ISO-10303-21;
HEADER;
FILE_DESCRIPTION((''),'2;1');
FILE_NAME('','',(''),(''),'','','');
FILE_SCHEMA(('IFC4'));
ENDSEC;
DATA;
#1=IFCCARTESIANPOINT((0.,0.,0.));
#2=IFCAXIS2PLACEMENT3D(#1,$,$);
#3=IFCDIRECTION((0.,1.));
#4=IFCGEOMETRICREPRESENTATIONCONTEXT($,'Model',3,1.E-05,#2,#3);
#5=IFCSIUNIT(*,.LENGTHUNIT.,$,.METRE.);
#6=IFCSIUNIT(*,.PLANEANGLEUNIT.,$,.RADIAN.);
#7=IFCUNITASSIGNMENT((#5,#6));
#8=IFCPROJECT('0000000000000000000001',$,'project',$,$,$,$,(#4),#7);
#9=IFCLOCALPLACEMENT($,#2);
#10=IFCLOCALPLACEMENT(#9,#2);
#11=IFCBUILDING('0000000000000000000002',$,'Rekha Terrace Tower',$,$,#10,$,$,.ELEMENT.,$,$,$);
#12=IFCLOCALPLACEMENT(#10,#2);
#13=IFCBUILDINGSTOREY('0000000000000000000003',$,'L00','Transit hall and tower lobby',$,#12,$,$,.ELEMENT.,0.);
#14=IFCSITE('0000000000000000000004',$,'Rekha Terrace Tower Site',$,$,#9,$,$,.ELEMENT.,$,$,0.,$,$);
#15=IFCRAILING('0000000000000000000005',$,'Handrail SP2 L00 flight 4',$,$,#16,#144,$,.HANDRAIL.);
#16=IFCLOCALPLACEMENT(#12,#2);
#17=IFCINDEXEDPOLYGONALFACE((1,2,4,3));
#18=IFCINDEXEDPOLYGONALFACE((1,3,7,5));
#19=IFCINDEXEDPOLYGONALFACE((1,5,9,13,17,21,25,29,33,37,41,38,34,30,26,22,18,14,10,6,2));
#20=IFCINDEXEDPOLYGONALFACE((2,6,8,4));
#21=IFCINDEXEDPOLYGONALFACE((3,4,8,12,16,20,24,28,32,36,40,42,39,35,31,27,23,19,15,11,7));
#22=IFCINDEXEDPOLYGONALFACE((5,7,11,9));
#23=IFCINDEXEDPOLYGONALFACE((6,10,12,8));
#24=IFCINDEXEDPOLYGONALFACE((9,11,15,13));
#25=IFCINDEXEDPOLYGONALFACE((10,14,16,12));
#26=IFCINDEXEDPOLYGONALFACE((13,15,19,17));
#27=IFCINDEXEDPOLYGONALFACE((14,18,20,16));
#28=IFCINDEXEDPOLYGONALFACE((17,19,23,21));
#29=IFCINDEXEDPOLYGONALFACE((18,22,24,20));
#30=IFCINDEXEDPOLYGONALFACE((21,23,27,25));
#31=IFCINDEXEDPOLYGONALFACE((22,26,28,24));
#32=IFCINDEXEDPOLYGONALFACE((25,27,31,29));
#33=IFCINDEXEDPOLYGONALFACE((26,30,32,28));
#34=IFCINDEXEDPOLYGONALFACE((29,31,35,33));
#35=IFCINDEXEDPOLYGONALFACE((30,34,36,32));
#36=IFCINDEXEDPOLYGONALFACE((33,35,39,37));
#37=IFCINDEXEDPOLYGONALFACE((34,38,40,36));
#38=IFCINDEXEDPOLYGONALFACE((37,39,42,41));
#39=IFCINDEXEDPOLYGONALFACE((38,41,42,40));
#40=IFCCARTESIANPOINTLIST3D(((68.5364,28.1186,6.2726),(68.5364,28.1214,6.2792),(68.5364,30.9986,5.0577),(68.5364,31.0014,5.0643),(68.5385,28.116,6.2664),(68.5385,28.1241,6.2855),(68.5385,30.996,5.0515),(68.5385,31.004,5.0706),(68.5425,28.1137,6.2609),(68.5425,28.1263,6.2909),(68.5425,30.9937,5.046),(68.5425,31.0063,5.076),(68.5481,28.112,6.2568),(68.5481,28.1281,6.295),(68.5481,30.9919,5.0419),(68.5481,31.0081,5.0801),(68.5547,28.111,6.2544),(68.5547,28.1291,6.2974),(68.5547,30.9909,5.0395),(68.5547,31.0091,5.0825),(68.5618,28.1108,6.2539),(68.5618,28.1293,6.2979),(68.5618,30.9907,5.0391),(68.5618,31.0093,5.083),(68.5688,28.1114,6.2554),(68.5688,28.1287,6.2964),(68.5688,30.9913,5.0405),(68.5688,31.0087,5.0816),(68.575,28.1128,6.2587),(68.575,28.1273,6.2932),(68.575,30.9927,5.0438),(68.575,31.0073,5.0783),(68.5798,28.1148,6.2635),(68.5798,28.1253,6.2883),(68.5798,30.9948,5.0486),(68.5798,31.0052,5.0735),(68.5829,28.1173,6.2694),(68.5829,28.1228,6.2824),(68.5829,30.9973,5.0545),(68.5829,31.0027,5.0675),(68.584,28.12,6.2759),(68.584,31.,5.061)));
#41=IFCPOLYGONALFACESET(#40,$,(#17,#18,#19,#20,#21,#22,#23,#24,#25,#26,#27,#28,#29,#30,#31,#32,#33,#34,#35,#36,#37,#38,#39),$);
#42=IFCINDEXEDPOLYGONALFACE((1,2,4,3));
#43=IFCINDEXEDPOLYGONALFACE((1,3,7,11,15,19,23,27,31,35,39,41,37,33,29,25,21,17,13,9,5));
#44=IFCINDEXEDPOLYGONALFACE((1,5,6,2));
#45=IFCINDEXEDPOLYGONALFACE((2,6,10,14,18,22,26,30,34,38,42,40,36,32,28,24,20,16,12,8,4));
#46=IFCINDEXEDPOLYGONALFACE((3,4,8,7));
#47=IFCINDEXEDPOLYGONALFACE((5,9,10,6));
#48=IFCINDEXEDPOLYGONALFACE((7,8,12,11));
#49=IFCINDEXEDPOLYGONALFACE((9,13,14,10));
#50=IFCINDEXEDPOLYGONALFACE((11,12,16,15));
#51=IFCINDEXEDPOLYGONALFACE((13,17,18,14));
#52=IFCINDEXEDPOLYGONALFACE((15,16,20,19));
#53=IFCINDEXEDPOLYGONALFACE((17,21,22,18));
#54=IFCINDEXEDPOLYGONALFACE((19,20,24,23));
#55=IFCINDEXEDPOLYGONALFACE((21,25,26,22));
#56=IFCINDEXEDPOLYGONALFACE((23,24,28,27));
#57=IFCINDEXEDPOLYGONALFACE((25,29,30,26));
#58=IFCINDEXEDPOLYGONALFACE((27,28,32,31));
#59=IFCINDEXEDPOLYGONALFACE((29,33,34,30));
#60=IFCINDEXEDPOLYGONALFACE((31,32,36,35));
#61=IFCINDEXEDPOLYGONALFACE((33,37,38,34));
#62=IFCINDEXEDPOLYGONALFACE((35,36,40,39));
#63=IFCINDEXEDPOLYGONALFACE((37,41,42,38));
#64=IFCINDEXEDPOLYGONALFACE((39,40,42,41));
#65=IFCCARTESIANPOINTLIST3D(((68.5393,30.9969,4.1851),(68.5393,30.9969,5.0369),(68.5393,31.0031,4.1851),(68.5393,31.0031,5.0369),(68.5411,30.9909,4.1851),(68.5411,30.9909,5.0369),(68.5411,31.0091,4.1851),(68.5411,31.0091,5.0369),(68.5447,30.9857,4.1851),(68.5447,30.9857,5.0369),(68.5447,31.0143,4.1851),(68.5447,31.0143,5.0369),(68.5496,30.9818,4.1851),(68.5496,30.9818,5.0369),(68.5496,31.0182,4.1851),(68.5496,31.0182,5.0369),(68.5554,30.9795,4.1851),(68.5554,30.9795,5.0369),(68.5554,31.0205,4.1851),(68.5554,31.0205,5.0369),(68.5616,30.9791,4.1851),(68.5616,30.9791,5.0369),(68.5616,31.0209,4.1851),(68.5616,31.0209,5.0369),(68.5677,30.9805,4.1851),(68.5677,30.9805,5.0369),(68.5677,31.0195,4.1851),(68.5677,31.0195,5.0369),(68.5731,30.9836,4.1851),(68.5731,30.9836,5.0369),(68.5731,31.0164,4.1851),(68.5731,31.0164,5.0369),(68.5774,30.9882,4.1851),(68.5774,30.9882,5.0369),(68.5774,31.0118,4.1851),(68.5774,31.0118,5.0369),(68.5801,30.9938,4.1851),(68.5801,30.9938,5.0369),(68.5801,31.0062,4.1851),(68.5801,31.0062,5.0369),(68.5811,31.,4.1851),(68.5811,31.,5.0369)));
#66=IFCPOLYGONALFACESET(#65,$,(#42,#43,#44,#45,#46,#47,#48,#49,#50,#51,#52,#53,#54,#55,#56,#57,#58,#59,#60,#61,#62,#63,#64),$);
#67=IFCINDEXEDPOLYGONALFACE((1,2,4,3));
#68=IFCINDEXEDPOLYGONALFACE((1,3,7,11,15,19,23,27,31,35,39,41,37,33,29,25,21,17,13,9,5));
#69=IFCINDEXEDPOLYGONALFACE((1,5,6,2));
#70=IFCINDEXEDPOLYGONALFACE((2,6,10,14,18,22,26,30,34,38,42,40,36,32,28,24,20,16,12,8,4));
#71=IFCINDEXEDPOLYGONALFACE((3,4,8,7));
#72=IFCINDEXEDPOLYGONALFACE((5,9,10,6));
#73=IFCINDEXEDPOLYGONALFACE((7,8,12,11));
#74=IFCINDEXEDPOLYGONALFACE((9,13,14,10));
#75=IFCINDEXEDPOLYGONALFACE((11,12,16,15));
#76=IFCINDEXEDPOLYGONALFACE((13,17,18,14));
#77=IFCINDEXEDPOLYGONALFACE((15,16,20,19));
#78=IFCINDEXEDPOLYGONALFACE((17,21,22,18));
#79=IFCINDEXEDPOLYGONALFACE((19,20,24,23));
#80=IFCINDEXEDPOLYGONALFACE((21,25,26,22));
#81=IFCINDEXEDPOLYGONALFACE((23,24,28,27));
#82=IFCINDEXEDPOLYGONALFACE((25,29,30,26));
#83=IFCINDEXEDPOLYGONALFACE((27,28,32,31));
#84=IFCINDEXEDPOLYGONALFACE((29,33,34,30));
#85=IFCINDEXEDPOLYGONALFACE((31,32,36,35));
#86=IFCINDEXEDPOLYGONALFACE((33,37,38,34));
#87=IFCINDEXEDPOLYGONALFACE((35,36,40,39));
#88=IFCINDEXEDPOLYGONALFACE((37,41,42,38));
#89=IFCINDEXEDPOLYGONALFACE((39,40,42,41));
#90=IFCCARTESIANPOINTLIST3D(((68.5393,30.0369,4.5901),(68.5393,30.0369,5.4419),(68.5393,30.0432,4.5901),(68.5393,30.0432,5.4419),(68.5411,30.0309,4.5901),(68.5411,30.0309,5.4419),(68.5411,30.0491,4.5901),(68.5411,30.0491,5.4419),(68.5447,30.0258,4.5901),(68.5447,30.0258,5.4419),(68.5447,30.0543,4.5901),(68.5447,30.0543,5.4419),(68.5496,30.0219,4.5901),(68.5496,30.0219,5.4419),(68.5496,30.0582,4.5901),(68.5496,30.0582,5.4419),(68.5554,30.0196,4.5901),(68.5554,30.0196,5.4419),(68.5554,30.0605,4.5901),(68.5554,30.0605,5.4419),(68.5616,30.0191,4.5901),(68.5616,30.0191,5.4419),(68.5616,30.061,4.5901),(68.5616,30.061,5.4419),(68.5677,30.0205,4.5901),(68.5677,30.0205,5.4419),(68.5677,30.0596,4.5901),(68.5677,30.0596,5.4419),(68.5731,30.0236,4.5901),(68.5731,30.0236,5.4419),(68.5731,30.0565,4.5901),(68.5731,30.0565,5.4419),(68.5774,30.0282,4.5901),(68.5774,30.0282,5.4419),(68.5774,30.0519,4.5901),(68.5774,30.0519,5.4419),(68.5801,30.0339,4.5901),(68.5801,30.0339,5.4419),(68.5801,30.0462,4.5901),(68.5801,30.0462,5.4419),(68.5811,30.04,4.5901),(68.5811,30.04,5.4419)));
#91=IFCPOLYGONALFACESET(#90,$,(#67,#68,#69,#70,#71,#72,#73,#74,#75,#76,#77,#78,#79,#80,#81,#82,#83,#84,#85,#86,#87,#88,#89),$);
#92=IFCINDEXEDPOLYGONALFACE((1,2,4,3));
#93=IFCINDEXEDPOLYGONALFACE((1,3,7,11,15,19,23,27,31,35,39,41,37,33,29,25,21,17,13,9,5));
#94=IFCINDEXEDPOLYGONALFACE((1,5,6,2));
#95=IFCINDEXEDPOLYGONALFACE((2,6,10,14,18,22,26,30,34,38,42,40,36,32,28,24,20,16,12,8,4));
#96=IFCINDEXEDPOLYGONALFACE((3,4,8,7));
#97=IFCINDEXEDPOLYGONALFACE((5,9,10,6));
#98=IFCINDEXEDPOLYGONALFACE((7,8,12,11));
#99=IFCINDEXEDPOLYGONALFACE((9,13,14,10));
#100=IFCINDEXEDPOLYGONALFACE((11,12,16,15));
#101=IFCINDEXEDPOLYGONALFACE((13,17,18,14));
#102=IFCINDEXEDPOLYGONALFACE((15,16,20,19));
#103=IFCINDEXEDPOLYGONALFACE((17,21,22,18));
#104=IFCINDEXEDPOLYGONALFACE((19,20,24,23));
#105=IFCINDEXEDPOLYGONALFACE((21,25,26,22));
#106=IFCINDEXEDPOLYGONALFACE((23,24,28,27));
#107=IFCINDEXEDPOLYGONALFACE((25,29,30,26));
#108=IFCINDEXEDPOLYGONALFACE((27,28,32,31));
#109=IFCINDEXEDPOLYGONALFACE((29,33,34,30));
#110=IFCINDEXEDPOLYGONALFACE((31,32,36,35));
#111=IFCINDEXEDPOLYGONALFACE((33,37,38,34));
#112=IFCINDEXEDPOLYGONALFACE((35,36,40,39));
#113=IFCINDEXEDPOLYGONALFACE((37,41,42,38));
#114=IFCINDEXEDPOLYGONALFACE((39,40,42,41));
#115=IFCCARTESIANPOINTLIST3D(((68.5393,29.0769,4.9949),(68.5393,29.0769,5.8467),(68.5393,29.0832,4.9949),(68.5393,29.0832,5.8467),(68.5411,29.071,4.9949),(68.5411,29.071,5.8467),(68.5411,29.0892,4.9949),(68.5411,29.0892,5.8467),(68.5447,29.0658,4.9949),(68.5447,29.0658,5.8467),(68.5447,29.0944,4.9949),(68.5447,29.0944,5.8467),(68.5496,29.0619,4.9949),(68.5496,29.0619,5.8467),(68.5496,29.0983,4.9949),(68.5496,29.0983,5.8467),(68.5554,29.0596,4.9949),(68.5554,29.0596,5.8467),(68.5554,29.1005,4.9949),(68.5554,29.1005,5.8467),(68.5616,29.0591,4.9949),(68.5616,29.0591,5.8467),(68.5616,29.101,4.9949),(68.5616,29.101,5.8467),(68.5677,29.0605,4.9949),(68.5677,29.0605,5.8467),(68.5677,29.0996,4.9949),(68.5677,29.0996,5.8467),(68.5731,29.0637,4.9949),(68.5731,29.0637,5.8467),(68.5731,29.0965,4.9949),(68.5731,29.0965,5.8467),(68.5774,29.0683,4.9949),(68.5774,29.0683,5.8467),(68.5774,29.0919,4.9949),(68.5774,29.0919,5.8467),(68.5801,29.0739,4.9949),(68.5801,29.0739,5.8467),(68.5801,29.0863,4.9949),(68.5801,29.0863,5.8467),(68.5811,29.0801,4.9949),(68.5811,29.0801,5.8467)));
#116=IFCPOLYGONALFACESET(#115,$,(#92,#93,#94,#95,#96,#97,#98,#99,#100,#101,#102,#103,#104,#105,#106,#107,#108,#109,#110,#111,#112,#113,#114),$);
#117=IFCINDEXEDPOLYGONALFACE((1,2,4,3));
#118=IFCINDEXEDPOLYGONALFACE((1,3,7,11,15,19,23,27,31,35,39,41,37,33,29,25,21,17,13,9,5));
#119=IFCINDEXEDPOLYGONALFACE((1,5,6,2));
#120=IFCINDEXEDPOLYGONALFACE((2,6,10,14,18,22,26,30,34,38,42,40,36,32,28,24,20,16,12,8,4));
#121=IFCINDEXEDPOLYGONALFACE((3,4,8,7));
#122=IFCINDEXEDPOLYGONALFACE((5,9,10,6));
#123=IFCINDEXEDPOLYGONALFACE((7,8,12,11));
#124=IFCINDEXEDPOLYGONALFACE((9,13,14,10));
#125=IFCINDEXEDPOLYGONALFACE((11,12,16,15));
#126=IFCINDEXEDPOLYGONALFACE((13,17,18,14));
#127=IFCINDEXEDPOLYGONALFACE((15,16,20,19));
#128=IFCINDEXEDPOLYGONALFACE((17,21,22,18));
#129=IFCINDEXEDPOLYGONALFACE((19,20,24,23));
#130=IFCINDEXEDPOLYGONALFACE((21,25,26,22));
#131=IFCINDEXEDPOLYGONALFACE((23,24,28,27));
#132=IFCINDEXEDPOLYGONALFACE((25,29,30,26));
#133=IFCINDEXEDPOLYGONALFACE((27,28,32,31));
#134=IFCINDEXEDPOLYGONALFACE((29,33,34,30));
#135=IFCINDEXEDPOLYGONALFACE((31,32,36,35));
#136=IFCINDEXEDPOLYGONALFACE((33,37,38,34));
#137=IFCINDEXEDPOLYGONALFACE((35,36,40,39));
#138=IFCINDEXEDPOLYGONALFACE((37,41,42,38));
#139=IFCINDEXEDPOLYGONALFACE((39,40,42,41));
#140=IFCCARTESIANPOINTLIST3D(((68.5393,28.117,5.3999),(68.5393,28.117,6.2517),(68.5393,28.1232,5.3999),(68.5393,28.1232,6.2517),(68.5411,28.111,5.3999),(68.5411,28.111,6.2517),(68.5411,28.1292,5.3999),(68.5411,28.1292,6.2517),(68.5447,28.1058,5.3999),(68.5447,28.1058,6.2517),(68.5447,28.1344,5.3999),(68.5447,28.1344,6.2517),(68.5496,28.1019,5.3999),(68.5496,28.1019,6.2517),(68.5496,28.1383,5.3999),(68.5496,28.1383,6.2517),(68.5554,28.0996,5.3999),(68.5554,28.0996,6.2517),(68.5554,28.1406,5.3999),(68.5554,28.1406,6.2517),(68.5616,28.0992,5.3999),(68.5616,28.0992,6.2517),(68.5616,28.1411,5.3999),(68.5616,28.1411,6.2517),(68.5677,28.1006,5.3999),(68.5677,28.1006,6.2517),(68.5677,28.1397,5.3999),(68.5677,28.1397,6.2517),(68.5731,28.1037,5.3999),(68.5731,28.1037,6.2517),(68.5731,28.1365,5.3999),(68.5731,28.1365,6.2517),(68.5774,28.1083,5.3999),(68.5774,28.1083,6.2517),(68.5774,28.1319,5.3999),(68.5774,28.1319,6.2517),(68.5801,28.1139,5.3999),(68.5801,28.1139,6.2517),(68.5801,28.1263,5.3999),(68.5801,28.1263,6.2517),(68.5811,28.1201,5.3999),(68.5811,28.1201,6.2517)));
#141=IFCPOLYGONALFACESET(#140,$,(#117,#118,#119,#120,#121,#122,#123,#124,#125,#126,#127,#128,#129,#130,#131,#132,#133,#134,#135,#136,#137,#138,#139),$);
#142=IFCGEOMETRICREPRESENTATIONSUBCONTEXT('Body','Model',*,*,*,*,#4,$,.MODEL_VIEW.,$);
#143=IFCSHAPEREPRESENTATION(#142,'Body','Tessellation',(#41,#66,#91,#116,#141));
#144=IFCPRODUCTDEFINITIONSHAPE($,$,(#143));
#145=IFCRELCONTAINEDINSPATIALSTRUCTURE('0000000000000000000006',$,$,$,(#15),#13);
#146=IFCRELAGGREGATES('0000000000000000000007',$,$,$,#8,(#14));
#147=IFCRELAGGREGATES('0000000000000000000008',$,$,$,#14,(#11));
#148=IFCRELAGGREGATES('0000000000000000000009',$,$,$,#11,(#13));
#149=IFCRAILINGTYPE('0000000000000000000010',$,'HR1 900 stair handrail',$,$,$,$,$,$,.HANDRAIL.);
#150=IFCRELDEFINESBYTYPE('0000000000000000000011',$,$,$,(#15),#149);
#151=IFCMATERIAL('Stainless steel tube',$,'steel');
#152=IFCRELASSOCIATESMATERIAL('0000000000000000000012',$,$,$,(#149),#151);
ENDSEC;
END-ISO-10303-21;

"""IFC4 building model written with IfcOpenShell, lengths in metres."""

from ifc_helpers import new_model, si_unit, direction, frame, origin, origin_2d, place, context, subcontext, project, spatial, circle, extrude, material, type_object, element, save


model = new_model("IFC4")

# Units and contexts
model_context = context("Model", 3, precision=1e-05, world=origin(), true_north=direction((0.0, 1.0)))
body_context = subcontext(model_context, "Body", "Model", "MODEL_VIEW")
ifc_project = project(units=[si_unit("LENGTHUNIT", "METRE"), si_unit("PLANEANGLEUNIT", "RADIAN")], contexts=[model_context])

# Site, building, storey
site_placement = place(None, origin())
site = spatial("IfcSite", under=ifc_project, at=site_placement, Name="Rekha Terrace Tower Site", CompositionType="ELEMENT", RefElevation=0.0)
building_placement = place(site_placement, origin())
building = spatial("IfcBuilding", under=site, at=building_placement, Name="Rekha Terrace Tower", CompositionType="ELEMENT")
storey_placement = place(building_placement, origin())
storey = spatial("IfcBuildingStorey", under=building, at=storey_placement, Name="L00", Description="Transit hall and tower lobby", CompositionType="ELEMENT", Elevation=0.0)

# Railing
ifc_material_1 = material(Name="Stainless steel tube", Category="steel")
railing_type_1 = type_object("IfcRailingType", Name="HR1 900 stair handrail", PredefinedType="HANDRAIL", material=ifc_material_1)
railing_1_placement = place(storey_placement, frame((68.5601, 31.0, 4.1851)))
element("IfcRailing", 1, at=railing_1_placement, inside=storey, type_object=railing_type_1, Name="Handrail SP2 L00 flight 4", PredefinedType="HANDRAIL", context=body_context, shape_type="SweptSolid", body=[
    extrude(circle(Radius=0.0239, at=origin_2d()), frame((0.0, 0.0, 0.876), z_axis=(0.0, -0.921376, 0.388671), x_axis=(1.0, 0.0, 0.0)), (0.0, 0.0, 1.0), 3.1257),
    extrude(circle(Radius=0.021, at=origin_2d()), origin(), (0.0, 0.0, 1.0), 0.8518),
    extrude(circle(Radius=0.021, at=origin_2d()), frame((0.0, -0.96, 0.405)), (0.0, 0.0, 1.0), 0.8518),
    extrude(circle(Radius=0.021, at=origin_2d()), frame((0.0, -1.9199, 0.8098)), (0.0, 0.0, 1.0), 0.8518),
    extrude(circle(Radius=0.021, at=origin_2d()), frame((0.0, -2.8799, 1.2148)), (0.0, 0.0, 1.0), 0.8518),
])

save(model, "model.ifc")
